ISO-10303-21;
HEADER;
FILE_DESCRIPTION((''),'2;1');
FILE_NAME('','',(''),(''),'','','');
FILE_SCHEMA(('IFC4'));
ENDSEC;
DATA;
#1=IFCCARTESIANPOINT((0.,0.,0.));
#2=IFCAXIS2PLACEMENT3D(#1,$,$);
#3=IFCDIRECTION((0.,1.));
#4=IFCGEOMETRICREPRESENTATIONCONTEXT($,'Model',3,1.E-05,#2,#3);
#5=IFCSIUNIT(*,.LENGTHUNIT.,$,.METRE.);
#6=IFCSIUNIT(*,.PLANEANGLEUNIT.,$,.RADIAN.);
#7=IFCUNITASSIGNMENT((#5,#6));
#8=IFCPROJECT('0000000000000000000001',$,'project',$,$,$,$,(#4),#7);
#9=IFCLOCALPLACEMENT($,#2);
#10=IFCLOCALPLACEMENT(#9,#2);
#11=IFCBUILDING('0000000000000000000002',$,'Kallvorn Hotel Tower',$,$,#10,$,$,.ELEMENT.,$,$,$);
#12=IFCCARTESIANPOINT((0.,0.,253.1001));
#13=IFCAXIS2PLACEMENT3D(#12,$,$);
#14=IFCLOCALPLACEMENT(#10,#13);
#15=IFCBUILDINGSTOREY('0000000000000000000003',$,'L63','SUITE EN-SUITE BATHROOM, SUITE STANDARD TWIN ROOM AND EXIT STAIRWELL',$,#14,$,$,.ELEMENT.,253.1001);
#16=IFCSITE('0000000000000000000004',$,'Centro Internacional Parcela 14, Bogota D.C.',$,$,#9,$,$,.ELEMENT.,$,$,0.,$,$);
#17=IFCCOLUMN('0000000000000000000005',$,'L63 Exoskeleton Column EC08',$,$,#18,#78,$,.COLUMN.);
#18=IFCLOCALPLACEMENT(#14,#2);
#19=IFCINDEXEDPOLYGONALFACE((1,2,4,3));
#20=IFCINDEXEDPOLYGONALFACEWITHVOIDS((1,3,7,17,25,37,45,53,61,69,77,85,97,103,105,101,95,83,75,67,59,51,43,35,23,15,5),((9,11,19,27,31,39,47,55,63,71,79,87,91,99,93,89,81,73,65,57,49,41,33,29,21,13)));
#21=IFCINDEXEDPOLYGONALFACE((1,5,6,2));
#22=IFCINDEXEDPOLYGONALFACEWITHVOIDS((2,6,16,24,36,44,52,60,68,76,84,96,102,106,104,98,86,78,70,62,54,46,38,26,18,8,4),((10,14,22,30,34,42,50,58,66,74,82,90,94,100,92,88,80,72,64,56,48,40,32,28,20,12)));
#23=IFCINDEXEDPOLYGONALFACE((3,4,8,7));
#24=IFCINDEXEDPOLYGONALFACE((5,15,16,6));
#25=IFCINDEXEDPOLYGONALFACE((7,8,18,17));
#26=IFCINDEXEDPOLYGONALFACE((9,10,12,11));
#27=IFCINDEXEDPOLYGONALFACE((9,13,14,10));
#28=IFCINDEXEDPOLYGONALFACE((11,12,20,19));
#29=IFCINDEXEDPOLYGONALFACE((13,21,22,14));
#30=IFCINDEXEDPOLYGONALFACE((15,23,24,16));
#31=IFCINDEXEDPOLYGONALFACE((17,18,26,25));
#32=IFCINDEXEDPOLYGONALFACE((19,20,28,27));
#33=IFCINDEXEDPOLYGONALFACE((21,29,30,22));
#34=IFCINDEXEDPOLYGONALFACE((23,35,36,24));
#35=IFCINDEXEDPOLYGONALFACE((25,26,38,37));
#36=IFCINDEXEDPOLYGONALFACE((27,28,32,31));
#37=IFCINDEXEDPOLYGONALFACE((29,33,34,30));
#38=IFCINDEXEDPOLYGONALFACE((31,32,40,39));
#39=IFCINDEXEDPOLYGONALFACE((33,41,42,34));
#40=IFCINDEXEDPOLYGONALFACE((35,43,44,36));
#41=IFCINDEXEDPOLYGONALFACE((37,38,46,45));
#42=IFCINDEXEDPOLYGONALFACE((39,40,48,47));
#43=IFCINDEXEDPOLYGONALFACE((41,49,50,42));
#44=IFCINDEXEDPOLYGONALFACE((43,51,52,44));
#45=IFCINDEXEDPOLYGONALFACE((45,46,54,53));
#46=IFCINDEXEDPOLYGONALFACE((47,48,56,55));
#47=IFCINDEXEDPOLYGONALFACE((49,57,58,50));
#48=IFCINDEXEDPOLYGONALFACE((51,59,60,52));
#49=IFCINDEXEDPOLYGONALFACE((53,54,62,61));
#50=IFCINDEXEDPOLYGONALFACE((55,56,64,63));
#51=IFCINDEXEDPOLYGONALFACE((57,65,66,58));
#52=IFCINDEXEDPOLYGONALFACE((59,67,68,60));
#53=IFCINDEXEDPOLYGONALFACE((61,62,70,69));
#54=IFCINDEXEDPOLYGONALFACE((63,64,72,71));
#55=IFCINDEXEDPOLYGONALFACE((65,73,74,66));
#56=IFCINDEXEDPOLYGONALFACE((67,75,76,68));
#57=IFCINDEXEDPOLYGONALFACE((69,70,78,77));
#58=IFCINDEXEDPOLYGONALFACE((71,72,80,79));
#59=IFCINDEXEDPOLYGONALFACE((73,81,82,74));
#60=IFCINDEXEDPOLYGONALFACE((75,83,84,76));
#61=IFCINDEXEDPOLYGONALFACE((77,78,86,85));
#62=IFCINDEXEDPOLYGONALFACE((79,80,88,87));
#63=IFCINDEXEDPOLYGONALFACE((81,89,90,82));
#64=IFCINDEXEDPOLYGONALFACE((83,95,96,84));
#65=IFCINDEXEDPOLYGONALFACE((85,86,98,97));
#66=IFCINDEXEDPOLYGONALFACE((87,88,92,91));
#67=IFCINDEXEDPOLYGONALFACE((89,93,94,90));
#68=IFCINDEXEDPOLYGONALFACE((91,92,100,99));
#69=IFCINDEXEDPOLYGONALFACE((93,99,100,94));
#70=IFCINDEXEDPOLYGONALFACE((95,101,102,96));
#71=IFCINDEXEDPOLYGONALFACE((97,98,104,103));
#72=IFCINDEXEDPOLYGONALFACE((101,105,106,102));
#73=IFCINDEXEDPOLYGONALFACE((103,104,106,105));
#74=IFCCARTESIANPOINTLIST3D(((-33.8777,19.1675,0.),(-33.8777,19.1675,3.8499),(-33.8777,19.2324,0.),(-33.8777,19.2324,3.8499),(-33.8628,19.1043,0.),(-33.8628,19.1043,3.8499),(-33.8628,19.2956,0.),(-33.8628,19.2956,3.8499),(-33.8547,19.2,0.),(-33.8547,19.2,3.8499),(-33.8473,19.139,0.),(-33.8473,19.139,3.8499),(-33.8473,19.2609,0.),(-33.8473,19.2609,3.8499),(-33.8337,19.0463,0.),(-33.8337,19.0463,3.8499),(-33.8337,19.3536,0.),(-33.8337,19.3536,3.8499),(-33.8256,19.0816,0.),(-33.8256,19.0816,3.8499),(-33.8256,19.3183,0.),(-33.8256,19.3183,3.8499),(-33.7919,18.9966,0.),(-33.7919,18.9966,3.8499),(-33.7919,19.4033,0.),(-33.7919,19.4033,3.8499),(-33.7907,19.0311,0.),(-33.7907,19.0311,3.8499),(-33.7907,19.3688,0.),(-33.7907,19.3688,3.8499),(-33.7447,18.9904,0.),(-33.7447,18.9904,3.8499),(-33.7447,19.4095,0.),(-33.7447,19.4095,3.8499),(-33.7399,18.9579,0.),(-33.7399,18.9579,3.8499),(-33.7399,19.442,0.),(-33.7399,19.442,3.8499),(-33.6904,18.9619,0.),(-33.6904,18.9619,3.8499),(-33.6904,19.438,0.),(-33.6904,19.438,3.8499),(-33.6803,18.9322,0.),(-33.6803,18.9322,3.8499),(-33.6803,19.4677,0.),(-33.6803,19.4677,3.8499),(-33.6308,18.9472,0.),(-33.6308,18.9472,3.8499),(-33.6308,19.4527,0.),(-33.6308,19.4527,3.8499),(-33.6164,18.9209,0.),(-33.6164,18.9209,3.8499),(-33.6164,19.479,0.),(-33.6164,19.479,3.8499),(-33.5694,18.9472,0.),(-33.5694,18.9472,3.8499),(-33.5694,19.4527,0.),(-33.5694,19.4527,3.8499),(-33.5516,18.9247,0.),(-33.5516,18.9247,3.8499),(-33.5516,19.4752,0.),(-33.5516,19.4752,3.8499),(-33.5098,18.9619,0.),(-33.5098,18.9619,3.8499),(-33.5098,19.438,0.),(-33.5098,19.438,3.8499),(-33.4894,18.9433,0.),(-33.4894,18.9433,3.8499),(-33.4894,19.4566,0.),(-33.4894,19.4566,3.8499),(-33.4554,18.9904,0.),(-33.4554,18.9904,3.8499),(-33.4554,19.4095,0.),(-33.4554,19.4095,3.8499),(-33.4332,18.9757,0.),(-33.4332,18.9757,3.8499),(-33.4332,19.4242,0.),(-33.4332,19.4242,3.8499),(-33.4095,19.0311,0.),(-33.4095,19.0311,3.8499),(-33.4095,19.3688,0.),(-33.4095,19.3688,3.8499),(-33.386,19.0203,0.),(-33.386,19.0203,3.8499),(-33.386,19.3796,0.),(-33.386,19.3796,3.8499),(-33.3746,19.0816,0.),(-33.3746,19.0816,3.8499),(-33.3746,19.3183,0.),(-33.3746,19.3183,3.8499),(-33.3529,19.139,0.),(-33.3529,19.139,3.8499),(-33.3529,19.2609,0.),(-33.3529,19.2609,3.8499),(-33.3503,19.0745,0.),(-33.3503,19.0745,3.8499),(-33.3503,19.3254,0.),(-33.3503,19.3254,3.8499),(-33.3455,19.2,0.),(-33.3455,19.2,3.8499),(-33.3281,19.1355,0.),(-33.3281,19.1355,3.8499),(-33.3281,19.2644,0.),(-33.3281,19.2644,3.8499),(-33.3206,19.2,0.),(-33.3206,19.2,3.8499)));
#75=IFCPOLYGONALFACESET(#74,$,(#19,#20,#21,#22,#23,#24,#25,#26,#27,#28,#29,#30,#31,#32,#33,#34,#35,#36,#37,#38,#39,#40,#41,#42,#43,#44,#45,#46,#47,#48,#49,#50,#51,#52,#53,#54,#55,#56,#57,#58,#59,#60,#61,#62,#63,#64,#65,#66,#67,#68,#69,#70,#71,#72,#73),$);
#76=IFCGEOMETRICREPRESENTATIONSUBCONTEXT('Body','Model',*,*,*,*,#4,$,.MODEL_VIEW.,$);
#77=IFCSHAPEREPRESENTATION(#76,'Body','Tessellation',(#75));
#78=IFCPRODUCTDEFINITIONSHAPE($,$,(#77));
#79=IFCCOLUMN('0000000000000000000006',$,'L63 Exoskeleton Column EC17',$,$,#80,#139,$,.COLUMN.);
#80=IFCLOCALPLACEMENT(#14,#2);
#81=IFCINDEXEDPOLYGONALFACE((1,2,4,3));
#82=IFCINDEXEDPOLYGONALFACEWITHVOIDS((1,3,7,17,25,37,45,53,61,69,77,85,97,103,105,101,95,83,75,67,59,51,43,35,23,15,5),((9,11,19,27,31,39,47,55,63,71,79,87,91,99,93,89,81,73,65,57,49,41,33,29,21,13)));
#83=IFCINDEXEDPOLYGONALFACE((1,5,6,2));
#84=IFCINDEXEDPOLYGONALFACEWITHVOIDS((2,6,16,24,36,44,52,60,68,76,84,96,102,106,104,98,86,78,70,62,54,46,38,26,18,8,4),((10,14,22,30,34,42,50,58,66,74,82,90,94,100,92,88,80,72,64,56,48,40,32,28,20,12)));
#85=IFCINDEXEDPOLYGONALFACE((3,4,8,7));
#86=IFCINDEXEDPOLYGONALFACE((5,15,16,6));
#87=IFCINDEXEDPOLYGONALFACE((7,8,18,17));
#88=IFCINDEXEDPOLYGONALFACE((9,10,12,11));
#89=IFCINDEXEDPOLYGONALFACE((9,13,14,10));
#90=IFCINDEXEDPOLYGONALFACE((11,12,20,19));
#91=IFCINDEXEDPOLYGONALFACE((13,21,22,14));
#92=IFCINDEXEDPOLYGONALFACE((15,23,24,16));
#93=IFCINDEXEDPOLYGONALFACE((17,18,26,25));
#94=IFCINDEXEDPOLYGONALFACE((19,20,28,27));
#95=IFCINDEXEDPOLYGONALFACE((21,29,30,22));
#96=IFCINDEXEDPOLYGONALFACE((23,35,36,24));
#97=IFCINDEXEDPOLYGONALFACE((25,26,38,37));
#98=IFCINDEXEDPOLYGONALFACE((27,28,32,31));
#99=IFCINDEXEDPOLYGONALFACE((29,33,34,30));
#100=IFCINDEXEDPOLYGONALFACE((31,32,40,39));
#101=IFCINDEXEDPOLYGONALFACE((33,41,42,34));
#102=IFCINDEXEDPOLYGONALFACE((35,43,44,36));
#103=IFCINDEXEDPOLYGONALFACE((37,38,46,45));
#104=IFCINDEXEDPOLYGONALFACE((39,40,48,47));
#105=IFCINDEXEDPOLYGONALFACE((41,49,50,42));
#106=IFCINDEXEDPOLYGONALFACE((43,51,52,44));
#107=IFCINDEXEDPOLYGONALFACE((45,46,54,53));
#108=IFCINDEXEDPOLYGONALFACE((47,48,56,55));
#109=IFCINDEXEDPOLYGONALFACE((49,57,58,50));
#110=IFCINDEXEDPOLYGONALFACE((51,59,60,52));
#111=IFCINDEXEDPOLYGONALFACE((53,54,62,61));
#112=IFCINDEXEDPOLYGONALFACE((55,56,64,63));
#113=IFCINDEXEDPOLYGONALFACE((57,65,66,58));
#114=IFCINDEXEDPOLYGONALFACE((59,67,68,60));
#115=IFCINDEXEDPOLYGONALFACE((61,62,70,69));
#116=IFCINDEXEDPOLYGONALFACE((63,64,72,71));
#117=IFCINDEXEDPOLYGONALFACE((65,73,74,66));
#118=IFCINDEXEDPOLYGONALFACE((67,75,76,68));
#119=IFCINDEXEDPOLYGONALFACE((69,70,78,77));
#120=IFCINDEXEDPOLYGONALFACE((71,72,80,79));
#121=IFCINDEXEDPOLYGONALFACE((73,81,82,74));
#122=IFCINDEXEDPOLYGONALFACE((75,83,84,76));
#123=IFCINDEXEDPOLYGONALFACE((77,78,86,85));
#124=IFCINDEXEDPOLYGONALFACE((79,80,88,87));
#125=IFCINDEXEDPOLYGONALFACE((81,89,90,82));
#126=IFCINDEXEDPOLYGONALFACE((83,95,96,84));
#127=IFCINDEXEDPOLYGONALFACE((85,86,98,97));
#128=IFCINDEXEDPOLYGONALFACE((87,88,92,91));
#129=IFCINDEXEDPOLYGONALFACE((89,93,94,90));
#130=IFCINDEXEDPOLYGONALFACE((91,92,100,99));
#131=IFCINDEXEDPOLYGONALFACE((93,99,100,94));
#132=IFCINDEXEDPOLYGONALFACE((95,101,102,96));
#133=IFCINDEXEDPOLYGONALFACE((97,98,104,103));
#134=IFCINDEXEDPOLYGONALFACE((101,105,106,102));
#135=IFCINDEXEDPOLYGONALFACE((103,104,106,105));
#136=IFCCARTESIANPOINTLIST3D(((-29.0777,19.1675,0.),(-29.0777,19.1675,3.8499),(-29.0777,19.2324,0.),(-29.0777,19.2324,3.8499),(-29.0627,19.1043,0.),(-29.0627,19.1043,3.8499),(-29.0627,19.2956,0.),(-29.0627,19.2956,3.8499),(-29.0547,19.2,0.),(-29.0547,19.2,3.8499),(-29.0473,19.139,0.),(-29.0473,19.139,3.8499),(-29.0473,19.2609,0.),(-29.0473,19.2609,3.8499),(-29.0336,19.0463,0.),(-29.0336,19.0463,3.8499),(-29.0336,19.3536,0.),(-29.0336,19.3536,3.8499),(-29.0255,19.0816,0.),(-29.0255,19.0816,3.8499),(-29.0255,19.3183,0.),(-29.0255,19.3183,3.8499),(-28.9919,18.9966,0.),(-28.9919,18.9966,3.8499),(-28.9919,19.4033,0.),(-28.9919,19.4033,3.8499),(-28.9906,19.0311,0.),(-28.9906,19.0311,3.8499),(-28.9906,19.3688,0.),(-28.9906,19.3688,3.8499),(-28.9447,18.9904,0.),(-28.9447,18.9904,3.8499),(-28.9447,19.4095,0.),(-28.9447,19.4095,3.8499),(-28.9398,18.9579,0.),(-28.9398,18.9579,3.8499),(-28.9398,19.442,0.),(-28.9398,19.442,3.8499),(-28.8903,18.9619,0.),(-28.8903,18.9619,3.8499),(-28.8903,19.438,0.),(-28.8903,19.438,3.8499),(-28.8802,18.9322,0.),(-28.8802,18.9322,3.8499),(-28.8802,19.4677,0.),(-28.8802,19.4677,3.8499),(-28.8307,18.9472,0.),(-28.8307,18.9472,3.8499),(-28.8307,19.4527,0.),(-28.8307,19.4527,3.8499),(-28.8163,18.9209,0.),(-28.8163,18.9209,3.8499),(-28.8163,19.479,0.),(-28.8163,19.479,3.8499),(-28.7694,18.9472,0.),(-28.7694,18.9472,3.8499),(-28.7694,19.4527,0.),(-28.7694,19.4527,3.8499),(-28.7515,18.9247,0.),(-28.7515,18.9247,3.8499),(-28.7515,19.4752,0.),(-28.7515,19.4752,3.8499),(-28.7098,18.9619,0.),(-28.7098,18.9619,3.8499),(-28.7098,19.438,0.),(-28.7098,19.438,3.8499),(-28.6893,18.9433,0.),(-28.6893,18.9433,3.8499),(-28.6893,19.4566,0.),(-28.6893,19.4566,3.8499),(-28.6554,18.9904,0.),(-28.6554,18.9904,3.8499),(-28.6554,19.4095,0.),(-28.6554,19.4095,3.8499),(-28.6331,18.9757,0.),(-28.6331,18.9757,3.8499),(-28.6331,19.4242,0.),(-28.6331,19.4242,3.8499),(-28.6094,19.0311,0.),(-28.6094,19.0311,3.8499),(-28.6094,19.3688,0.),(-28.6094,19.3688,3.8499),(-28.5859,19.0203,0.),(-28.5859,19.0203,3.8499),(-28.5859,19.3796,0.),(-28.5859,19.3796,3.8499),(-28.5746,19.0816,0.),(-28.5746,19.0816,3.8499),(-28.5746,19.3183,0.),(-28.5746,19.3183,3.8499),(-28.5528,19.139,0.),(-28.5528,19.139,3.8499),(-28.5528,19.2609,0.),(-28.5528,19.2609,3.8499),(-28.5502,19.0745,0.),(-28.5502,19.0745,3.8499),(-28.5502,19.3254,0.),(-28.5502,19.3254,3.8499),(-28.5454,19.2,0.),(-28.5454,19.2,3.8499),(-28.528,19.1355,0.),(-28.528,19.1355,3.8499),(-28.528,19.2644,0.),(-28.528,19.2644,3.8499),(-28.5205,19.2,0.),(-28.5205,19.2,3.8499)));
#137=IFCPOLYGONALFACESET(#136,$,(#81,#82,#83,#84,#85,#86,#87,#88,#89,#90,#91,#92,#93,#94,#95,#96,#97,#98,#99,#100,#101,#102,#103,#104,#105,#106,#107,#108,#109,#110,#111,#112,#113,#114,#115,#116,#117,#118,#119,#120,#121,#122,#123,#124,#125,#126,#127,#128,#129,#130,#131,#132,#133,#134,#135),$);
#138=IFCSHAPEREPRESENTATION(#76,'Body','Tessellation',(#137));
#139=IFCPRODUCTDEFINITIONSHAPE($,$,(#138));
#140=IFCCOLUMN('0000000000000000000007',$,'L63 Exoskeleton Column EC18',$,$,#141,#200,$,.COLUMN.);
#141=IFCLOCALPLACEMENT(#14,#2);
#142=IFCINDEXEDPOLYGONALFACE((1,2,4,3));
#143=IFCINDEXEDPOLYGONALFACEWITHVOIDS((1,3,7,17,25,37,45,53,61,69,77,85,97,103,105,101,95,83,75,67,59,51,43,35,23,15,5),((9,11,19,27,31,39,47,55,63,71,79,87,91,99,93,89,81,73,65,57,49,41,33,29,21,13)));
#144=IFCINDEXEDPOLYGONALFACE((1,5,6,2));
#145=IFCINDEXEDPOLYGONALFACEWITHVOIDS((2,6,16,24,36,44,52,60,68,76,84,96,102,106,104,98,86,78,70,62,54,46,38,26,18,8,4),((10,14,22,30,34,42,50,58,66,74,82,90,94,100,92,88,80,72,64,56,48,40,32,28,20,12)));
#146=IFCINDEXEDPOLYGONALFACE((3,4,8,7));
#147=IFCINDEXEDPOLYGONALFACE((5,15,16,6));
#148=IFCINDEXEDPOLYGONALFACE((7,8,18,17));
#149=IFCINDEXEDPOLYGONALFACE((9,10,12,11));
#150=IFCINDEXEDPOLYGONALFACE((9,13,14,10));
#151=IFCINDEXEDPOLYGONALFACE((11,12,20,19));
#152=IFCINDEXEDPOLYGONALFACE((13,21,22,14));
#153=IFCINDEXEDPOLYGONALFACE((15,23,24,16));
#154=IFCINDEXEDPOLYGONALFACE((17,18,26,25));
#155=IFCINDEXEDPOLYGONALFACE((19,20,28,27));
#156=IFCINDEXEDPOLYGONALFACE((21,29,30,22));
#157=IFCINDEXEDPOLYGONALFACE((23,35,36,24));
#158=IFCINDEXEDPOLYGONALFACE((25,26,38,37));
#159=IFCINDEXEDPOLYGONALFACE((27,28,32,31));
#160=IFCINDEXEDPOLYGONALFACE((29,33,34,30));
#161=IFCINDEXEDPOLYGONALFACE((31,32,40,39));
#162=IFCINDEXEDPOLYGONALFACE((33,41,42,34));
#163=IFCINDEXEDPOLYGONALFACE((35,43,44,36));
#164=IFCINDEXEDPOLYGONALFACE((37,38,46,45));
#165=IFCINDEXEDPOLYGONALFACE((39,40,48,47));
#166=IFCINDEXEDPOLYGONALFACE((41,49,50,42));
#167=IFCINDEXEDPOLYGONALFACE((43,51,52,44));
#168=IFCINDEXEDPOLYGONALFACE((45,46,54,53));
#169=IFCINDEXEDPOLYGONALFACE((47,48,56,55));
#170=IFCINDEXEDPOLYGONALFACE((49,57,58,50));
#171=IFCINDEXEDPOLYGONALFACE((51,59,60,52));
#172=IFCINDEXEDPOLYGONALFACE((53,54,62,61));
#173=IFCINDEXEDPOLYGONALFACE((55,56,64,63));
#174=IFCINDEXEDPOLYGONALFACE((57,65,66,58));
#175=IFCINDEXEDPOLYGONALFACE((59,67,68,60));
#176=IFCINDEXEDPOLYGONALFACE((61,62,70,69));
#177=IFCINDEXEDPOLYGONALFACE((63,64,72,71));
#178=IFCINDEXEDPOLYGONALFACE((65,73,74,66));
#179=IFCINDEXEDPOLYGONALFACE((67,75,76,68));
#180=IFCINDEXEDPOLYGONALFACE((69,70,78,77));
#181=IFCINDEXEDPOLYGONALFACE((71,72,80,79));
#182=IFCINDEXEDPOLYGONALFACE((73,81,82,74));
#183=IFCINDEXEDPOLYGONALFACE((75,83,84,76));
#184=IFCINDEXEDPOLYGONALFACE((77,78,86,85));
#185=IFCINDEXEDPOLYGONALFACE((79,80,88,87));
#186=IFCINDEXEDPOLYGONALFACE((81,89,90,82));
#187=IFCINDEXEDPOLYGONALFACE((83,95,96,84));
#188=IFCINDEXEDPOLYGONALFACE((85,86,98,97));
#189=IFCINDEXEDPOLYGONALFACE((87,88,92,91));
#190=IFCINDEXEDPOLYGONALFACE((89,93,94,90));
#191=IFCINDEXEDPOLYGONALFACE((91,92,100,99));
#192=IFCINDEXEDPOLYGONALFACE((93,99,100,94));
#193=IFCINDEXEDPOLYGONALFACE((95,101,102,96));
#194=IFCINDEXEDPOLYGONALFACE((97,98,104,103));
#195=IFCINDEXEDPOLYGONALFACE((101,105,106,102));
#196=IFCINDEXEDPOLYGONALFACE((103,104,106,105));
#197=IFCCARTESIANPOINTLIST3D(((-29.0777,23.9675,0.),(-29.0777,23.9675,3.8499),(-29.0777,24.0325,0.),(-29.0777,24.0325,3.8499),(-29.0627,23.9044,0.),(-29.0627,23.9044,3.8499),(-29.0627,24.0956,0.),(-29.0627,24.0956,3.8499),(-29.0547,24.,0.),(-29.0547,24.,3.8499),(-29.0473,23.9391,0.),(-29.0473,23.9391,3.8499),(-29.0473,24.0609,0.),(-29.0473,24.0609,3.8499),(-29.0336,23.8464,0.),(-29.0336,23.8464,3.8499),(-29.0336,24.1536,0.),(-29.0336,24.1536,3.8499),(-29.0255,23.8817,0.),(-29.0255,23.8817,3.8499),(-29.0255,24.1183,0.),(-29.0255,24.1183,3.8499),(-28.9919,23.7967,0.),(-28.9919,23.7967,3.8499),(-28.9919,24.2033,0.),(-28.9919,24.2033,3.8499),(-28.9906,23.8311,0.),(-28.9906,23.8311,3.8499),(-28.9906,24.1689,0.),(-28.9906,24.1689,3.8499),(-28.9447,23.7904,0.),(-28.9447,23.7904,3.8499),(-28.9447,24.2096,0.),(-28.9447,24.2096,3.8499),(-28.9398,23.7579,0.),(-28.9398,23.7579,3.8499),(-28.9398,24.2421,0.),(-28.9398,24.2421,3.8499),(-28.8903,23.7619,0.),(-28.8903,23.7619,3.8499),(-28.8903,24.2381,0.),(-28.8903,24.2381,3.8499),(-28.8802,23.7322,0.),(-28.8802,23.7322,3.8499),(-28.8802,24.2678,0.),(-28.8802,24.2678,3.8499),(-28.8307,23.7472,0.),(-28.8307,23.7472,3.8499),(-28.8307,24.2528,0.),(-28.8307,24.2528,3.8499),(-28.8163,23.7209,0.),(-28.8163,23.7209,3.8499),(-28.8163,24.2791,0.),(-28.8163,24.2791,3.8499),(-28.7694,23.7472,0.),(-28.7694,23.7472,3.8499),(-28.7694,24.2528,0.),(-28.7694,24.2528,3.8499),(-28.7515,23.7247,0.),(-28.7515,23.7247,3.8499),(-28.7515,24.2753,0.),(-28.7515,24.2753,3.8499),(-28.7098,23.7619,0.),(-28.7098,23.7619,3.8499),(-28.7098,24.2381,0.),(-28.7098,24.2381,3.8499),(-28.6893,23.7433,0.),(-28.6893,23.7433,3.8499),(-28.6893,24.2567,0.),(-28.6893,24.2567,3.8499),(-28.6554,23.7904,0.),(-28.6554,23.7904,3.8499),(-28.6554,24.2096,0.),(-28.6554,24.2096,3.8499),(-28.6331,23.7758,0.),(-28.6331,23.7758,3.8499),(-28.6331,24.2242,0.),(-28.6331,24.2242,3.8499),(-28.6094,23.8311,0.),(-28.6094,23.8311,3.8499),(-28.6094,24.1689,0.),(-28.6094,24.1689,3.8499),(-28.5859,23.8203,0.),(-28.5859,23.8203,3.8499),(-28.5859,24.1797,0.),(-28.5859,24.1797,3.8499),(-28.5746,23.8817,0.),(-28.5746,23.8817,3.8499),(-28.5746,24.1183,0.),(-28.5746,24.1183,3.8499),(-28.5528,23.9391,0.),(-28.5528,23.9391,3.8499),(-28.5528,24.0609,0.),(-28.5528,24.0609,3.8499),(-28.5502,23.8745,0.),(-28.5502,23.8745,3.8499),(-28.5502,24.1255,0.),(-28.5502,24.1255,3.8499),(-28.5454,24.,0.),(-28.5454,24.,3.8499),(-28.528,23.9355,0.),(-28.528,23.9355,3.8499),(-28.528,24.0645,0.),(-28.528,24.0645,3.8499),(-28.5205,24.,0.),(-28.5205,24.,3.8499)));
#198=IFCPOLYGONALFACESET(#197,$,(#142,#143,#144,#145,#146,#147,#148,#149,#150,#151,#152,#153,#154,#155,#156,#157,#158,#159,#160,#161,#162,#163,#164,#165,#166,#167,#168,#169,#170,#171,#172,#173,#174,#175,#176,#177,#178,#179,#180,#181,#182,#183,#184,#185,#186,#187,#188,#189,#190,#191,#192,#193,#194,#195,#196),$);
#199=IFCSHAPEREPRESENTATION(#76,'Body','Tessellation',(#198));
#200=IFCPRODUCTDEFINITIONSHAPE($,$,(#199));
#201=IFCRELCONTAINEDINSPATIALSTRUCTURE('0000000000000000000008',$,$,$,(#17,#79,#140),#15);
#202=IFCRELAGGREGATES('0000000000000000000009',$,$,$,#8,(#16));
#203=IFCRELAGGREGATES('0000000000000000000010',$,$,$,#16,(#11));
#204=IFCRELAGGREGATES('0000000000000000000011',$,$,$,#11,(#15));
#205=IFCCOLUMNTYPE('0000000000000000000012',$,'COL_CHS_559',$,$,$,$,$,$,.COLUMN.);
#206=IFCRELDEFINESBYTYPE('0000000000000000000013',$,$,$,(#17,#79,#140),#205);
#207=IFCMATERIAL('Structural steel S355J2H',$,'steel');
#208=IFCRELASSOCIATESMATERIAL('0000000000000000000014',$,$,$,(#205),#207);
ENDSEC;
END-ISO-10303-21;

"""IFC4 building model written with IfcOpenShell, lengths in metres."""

from ifc_helpers import new_model, si_unit, direction, frame, origin, origin_2d, place, context, subcontext, project, spatial, hollow_circle, extrude, material, material_profile, profile_set, type_object, element, save


model = new_model("IFC4")

# Units and contexts
model_context = context("Model", 3, precision=1e-05, world=origin(), true_north=direction((0.0, 1.0)))
body_context = subcontext(model_context, "Body", "Model", "MODEL_VIEW")
ifc_project = project(units=[si_unit("LENGTHUNIT", "METRE"), si_unit("PLANEANGLEUNIT", "RADIAN")], contexts=[model_context])

# Site, building, storey
site_placement = place(None, origin())
site = spatial("IfcSite", under=ifc_project, at=site_placement, Name="Centro Internacional Parcela 14, Bogota D.C.", CompositionType="ELEMENT", RefElevation=0.0)
building_placement = place(site_placement, origin())
building = spatial("IfcBuilding", under=site, at=building_placement, Name="Kallvorn Hotel Tower", CompositionType="ELEMENT")
storey_placement = place(building_placement, frame((0.0, 0.0, 253.1001)))
storey = spatial("IfcBuildingStorey", under=building, at=storey_placement, Name="L63", Description="SUITE EN-SUITE BATHROOM, SUITE STANDARD TWIN ROOM AND EXIT STAIRWELL", CompositionType="ELEMENT", Elevation=253.1001)

# Columns
ifc_material_1 = material(Name="Structural steel S355J2H", Category="steel")
ifc_material_profile_1 = material_profile(ifc_material_1, hollow_circle(Radius=0.2795, WallThickness=0.0249, at=origin_2d()), Name="CHS 559x25")
ifc_profile_set_1 = profile_set([ifc_material_profile_1], Name="Structural steel S355J2H")
column_type_1 = type_object("IfcColumnType", Name="COL_CHS_559", PredefinedType="COLUMN", material=ifc_profile_set_1)
for number, where, z_axis, x_axis, name in (
    (1, (-33.6001, 19.2, 0.0), (0.0, 0.0, 1.0), (1.0, 0.0, 0.0), "L63 Exoskeleton Column EC08"),
    (2, (-28.8, 19.2, 0.0), (0.0, 0.0, 1.0), (1.0, 0.0, 0.0), "L63 Exoskeleton Column EC17"),
    (3, (-28.8, 24.0, 0.0), (0.0, 0.0, 1.0), (1.0, 0.0, 0.0), "L63 Exoskeleton Column EC18"),
):
    element("IfcColumn", number, at=place(storey_placement, frame(where, z_axis=z_axis, x_axis=x_axis)), inside=storey, type_object=column_type_1, Name=name, PredefinedType="COLUMN", context=body_context, shape_type="SweptSolid", body=[
        extrude(hollow_circle(Radius=0.2795, WallThickness=0.0249, at=origin_2d()), origin(), (0.0, 0.0, 1.0), 3.8499),
    ])

save(model, "model.ifc")
